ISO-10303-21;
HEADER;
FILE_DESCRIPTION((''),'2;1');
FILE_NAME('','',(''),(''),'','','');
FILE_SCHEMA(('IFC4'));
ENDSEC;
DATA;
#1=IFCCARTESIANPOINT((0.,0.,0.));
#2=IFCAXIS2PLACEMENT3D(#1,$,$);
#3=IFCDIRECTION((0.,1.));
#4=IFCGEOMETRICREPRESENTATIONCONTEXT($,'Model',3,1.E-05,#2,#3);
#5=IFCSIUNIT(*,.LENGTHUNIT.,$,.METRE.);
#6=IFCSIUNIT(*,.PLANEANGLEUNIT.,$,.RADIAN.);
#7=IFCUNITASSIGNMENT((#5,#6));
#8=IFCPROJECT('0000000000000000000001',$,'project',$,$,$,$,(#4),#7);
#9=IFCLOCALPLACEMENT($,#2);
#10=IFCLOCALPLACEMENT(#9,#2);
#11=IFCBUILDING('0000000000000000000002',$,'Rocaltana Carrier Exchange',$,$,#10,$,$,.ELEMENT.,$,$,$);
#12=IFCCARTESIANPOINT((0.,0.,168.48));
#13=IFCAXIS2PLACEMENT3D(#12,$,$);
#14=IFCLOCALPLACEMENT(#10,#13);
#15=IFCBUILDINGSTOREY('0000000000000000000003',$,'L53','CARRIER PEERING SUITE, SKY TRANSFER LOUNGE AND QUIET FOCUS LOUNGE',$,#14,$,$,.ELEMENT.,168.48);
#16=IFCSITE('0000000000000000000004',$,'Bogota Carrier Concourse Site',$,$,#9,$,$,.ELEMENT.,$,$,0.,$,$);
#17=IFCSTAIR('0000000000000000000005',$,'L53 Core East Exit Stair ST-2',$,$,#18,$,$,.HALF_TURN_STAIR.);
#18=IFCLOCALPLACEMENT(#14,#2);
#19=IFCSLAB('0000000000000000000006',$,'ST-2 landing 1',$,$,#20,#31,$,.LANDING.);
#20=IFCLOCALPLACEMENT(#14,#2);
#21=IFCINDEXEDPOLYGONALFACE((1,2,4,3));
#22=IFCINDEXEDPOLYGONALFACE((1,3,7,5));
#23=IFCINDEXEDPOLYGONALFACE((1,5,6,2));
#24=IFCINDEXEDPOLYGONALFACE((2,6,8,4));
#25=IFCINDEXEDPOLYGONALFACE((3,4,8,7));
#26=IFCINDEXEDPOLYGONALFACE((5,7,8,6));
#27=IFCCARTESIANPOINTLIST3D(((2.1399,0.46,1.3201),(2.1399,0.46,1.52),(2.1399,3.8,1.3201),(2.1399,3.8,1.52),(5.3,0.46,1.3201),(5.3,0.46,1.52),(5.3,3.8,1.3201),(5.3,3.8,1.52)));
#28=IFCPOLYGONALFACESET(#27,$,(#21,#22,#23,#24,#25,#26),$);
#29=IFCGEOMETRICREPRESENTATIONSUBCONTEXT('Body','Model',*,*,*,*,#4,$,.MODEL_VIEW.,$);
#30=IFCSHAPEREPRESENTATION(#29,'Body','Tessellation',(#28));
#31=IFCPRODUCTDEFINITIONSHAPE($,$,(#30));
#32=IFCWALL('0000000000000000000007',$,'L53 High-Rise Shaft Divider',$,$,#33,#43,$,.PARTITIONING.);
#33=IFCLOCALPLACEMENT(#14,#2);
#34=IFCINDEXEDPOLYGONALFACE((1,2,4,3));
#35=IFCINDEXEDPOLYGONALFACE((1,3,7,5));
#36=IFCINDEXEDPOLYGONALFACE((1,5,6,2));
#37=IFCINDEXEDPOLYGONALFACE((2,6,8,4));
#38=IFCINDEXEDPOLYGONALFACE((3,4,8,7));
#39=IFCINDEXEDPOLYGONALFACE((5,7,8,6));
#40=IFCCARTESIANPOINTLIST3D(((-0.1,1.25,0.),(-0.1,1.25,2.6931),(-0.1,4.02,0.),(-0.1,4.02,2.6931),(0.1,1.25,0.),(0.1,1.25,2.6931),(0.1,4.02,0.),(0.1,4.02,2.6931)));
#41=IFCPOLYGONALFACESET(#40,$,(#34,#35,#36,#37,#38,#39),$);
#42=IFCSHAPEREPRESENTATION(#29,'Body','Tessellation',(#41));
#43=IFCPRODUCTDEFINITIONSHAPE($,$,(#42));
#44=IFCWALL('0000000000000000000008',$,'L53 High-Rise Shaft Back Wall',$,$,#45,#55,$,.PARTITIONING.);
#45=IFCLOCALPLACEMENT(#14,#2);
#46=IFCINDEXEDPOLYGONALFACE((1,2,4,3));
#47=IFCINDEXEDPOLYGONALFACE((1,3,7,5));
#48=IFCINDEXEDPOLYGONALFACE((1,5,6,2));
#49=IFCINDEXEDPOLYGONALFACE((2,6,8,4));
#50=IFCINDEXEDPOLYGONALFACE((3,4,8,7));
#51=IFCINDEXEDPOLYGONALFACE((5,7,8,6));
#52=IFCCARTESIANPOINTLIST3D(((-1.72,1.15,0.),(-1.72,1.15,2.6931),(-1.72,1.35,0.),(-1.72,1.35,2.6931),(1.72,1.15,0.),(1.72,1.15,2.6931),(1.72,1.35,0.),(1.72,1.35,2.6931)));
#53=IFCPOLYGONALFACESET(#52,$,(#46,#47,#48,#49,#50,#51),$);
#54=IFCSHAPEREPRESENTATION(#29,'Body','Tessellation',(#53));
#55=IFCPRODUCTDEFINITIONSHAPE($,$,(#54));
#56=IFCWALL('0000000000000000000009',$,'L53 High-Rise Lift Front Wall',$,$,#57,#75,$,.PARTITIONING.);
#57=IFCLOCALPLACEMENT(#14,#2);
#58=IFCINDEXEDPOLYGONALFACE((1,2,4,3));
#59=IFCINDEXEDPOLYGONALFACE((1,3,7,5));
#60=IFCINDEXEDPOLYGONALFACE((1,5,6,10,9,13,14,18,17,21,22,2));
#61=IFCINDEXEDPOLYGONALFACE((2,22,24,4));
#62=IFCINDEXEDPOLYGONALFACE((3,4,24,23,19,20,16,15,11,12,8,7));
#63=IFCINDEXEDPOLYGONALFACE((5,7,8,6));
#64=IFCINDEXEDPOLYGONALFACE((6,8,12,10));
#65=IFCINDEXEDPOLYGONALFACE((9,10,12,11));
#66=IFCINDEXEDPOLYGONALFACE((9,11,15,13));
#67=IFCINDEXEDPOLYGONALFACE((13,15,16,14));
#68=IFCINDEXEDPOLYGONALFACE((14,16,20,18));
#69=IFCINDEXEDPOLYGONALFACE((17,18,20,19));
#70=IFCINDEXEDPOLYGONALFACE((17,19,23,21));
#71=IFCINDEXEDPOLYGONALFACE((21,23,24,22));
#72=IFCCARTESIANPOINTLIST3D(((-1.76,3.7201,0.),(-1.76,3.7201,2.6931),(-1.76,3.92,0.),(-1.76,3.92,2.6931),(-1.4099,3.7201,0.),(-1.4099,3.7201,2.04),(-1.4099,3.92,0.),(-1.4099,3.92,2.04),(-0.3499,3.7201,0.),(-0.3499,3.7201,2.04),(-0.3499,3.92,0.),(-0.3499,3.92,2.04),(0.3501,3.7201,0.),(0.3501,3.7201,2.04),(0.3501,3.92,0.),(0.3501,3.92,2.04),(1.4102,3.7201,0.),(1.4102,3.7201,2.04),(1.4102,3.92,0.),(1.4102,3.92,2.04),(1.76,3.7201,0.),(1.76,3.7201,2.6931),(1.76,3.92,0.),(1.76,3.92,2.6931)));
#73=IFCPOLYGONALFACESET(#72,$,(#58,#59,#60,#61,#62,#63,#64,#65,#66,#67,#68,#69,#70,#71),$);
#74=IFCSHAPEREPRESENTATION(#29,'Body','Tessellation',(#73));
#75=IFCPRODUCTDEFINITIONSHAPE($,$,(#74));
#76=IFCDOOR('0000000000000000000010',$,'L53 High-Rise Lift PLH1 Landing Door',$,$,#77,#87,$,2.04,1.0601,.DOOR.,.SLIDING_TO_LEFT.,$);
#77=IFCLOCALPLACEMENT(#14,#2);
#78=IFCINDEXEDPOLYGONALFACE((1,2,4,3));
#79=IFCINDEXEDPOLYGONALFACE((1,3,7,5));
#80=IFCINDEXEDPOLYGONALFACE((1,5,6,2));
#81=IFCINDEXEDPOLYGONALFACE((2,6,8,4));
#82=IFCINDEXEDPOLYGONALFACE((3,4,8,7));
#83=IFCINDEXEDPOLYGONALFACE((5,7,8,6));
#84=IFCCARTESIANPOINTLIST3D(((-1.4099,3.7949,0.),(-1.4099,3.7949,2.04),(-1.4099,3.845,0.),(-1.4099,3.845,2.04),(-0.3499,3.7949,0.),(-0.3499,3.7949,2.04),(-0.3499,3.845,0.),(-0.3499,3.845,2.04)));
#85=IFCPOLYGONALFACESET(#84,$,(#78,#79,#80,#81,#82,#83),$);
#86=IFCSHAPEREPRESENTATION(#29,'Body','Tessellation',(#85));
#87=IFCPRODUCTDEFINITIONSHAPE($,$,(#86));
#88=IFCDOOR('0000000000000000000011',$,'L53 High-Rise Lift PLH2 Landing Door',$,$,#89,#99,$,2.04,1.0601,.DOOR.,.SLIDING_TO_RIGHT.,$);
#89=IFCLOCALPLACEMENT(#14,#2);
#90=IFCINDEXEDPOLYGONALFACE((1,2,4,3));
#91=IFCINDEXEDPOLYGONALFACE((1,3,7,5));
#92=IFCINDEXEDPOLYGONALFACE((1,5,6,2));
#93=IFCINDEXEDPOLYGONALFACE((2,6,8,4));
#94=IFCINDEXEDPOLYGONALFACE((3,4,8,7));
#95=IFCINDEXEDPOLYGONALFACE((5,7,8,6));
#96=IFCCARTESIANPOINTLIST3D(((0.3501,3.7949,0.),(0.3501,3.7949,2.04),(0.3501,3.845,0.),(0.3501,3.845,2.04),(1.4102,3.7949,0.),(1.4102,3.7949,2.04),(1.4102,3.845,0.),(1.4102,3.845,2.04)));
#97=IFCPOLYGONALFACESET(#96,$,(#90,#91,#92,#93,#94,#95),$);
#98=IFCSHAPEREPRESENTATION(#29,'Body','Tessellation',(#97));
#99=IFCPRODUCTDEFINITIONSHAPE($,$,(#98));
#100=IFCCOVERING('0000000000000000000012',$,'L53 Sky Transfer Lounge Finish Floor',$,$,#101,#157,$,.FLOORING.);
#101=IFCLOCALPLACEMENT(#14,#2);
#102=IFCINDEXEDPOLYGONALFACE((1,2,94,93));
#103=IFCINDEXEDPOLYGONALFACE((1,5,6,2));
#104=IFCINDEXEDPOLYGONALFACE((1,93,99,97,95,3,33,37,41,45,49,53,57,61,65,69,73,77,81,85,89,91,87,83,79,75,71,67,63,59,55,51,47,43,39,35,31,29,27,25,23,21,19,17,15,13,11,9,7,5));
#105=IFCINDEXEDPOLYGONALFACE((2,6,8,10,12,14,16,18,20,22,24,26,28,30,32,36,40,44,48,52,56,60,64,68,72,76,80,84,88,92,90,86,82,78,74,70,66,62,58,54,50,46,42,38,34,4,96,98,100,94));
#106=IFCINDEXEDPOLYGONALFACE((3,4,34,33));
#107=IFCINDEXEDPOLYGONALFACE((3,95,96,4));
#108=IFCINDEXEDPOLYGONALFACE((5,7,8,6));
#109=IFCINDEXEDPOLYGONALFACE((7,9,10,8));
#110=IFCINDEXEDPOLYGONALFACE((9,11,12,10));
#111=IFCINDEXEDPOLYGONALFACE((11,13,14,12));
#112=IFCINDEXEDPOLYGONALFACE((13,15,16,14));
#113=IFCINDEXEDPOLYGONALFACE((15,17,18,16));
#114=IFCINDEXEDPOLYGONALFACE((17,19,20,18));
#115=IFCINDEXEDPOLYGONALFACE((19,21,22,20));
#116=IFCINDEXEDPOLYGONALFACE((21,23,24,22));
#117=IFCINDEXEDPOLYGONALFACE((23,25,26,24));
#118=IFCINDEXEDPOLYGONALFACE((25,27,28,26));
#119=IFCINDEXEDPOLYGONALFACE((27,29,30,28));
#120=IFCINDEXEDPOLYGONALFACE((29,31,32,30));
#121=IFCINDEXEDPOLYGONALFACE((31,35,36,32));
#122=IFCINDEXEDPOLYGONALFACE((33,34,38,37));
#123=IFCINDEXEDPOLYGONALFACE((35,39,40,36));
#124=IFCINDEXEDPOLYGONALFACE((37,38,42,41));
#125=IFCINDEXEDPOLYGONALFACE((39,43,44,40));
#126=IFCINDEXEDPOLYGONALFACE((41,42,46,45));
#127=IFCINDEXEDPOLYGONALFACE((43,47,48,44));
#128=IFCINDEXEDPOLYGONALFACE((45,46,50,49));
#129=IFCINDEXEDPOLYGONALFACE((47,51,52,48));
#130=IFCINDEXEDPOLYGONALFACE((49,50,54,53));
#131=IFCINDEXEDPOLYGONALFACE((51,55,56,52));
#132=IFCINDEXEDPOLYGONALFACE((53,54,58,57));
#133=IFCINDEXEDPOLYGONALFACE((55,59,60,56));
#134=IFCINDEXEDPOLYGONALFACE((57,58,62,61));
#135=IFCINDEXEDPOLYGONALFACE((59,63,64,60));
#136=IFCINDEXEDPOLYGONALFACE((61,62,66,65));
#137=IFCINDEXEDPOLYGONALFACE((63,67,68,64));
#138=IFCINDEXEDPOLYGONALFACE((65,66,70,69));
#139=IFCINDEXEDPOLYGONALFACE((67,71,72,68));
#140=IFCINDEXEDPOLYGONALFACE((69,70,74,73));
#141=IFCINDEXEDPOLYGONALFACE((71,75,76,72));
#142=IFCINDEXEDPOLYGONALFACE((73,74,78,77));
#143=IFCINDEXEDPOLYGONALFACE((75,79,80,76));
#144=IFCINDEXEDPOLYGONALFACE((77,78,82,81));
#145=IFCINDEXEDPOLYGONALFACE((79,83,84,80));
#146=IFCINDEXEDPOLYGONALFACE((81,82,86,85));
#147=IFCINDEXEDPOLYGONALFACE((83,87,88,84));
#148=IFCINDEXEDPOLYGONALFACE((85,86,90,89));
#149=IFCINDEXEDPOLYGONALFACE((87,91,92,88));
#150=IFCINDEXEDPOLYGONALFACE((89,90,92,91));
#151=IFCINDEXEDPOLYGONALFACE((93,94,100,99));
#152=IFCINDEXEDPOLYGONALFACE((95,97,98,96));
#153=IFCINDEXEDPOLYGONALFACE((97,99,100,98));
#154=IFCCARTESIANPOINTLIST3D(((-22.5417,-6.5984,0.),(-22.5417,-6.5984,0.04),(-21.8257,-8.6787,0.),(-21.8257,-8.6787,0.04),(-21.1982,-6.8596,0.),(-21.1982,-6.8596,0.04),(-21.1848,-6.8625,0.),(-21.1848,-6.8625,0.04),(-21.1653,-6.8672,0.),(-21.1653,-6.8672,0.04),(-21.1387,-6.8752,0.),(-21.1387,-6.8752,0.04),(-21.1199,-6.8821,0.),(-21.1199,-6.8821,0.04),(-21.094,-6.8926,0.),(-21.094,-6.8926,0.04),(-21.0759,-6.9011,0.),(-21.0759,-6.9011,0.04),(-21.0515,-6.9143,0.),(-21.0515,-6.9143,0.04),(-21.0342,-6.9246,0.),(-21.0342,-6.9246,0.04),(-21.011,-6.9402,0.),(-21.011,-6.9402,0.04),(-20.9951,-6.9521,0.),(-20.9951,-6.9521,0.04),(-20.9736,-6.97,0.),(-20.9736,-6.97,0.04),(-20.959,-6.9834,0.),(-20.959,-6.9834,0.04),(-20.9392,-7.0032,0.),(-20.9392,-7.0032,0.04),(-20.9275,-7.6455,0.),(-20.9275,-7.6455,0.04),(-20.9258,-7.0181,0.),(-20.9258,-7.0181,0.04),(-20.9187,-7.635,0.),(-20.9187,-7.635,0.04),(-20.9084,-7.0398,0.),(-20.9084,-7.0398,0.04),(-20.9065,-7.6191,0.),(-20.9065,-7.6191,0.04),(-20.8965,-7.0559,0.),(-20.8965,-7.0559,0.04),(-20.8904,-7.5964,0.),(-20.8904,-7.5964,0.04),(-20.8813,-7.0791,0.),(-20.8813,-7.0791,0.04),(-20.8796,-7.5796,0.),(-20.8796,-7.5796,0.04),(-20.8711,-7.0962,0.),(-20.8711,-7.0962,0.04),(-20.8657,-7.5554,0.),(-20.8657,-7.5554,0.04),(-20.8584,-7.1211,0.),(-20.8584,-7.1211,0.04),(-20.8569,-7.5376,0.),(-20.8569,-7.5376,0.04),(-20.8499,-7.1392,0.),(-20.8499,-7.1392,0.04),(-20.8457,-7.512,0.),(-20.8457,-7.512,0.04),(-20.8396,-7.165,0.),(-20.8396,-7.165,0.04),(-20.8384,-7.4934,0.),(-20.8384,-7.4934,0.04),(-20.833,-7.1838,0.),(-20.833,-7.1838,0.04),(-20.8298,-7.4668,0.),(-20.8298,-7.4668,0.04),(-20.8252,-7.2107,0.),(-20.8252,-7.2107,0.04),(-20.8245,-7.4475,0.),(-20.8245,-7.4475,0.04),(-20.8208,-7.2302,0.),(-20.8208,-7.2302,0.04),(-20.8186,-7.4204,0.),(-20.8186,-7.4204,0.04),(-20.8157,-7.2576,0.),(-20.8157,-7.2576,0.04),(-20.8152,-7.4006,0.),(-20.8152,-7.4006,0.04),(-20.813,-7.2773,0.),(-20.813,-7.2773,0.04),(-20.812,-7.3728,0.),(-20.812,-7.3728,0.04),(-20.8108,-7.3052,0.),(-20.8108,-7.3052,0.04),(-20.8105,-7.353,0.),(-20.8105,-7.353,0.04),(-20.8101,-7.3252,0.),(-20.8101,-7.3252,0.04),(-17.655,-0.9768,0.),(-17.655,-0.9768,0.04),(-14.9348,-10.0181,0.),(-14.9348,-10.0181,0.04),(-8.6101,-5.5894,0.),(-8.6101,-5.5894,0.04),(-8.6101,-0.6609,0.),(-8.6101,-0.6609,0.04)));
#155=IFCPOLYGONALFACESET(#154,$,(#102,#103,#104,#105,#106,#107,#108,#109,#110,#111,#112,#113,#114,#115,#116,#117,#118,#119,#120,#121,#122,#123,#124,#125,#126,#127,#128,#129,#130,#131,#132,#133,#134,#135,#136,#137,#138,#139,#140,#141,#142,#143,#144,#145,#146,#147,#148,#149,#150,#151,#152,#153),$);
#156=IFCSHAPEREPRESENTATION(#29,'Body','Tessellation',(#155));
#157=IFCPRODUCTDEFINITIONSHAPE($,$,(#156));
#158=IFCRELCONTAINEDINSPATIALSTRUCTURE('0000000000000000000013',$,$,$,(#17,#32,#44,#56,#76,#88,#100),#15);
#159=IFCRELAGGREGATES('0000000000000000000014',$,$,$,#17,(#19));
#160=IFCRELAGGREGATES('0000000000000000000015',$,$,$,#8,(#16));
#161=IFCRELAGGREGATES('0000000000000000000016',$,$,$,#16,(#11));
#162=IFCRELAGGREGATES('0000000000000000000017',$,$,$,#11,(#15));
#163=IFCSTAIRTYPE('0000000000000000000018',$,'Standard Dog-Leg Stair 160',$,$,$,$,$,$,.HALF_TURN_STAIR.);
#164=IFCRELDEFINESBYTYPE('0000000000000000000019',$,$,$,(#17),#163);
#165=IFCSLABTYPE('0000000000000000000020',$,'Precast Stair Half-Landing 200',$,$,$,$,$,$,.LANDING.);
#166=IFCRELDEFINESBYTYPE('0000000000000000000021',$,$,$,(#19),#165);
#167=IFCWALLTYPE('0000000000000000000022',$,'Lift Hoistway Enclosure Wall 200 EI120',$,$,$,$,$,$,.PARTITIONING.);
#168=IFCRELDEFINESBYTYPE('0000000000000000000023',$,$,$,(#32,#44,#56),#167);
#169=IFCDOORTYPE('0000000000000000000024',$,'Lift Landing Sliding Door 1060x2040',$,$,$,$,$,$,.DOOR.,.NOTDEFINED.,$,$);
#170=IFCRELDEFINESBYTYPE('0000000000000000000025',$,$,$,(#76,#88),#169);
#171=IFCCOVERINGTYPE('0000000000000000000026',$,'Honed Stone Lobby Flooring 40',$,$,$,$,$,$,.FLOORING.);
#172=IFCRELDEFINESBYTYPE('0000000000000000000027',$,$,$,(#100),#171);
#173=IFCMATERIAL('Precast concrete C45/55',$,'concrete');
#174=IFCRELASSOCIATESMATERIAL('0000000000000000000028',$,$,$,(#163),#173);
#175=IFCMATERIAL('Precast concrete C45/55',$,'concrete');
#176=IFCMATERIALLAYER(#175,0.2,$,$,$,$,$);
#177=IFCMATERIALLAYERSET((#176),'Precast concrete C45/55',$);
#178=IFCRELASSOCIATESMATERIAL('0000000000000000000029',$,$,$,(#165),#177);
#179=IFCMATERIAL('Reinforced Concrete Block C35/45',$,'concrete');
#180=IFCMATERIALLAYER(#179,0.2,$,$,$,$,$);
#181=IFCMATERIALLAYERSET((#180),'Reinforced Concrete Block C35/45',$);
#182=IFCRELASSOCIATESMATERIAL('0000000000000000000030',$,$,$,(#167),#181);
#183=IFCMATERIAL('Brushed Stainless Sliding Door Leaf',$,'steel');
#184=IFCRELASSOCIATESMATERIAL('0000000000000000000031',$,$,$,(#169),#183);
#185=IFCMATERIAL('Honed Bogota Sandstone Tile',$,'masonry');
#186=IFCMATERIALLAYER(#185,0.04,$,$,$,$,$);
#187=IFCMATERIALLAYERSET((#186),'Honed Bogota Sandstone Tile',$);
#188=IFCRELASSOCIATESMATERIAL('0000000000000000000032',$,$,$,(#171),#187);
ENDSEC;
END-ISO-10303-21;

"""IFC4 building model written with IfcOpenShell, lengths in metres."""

from ifc_helpers import new_model, si_unit, direction, frame, frame_2d, origin, place, context, subcontext, project, spatial, polyline, rectangle, outline, extrude, material, layer, layer_set, type_object, element, fill, aggregate, save


model = new_model("IFC4")

# Units and contexts
model_context = context("Model", 3, precision=1e-05, world=origin(), true_north=direction((0.0, 1.0)))
body_context = subcontext(model_context, "Body", "Model", "MODEL_VIEW")
ifc_project = project(units=[si_unit("LENGTHUNIT", "METRE"), si_unit("PLANEANGLEUNIT", "RADIAN")], contexts=[model_context])

# Site, building, storey
site_placement = place(None, origin())
site = spatial("IfcSite", under=ifc_project, at=site_placement, Name="Bogota Carrier Concourse Site", CompositionType="ELEMENT", RefElevation=0.0)
building_placement = place(site_placement, origin())
building = spatial("IfcBuilding", under=site, at=building_placement, Name="Rocaltana Carrier Exchange", CompositionType="ELEMENT")
storey_placement = place(building_placement, frame((0.0, 0.0, 168.48)))
storey = spatial("IfcBuildingStorey", under=building, at=storey_placement, Name="L53", Description="CARRIER PEERING SUITE, SKY TRANSFER LOUNGE AND QUIET FOCUS LOUNGE", CompositionType="ELEMENT", Elevation=168.48)

# Stair, slab
ifc_material_1 = material(Name="Precast concrete C45/55", Category="concrete")
stair_type = type_object("IfcStairType", Name="Standard Dog-Leg Stair 160", PredefinedType="HALF_TURN_STAIR", material=ifc_material_1)
stair_placement = place(storey_placement, origin())
stair = element("IfcStair", 1, at=stair_placement, inside=storey, type_object=stair_type, Name="L53 Core East Exit Stair ST-2", PredefinedType="HALF_TURN_STAIR")
ifc_material_2 = material(Name="Precast concrete C45/55", Category="concrete")
ifc_layer_1 = layer(ifc_material_2, 0.2)
ifc_layer_set_1 = layer_set([ifc_layer_1], Name="Precast concrete C45/55")
slab_type = type_object("IfcSlabType", Name="Precast Stair Half-Landing 200", PredefinedType="LANDING", material=ifc_layer_set_1)
slab_placement = place(storey_placement, frame((0.0, 0.0, 1.3201)))
slab = element("IfcSlab", 2, at=slab_placement, type_object=slab_type, Name="ST-2 landing 1", PredefinedType="LANDING", context=body_context, shape_type="SweptSolid", body=[
    extrude(outline(polyline([(5.3, 0.46), (5.3, 3.8), (2.1399, 3.8), (2.1399, 0.46), (5.3, 0.46)])), origin(), (0.0, 0.0, 1.0), 0.2),
])
aggregate(stair, [slab])

# Walls
ifc_material_3 = material(Name="Reinforced Concrete Block C35/45", Category="concrete")
ifc_layer_2 = layer(ifc_material_3, 0.2)
ifc_layer_set_2 = layer_set([ifc_layer_2], Name="Reinforced Concrete Block C35/45")
wall_type = type_object("IfcWallType", Name="Lift Hoistway Enclosure Wall 200 EI120", PredefinedType="PARTITIONING", material=ifc_layer_set_2)
wall_1_placement = place(storey_placement, frame((0.0, 1.25, 0.0), z_axis=(0.0, 0.0, 1.0), x_axis=(0.0, 1.0, 0.0)))
element("IfcWall", 3, at=wall_1_placement, inside=storey, type_object=wall_type, Name="L53 High-Rise Shaft Divider", PredefinedType="PARTITIONING", context=body_context, shape_type="SweptSolid", body=[
    extrude(rectangle(XDim=2.77, YDim=0.2, at=frame_2d((1.385, 0.0))), origin(), (0.0, 0.0, 1.0), 2.6931),
])
wall_2_placement = place(storey_placement, frame((-1.72, 1.25, 0.0), z_axis=(0.0, 0.0, 1.0), x_axis=(1.0, 0.0, 0.0)))
element("IfcWall", 4, at=wall_2_placement, inside=storey, type_object=wall_type, Name="L53 High-Rise Shaft Back Wall", PredefinedType="PARTITIONING", context=body_context, shape_type="SweptSolid", body=[
    extrude(rectangle(XDim=3.4399, YDim=0.2, at=frame_2d((1.72, 0.0))), origin(), (0.0, 0.0, 1.0), 2.6931),
])

# Wall, openings, doors
wall_3_placement = place(storey_placement, frame((-1.76, 3.8201, 0.0), z_axis=(0.0, 0.0, 1.0), x_axis=(1.0, 0.0, 0.0)))
wall_3 = element("IfcWall", 5, at=wall_3_placement, inside=storey, type_object=wall_type, Name="L53 High-Rise Lift Front Wall", PredefinedType="PARTITIONING", context=body_context, shape_type="SweptSolid", body=[
    extrude(rectangle(XDim=3.52, YDim=0.2, at=frame_2d((1.76, 0.0))), origin(), (0.0, 0.0, 1.0), 2.6931),
])
opening_1_placement = place(wall_3_placement, frame((0.3501, 0.0, 0.0)))
opening_1 = element("IfcOpeningElement", 6, at=opening_1_placement, cuts=wall_3, PredefinedType="OPENING", context=body_context, shape_type="SweptSolid", body=[
    extrude(rectangle(XDim=1.0601, YDim=2.04, at=frame_2d((0.53, 1.02))), frame((0.0, 0.1099, 0.0), z_axis=(0.0, -1.0, 0.0), x_axis=(1.0, 0.0, 0.0)), (0.0, 0.0, 1.0), 0.22),
])
opening_2_placement = place(wall_3_placement, frame((2.1101, 0.0, 0.0)))
opening_2 = element("IfcOpeningElement", 7, at=opening_2_placement, cuts=wall_3, PredefinedType="OPENING", context=body_context, shape_type="SweptSolid", body=[
    extrude(rectangle(XDim=1.0601, YDim=2.04, at=frame_2d((0.53, 1.02))), frame((0.0, 0.1099, 0.0), z_axis=(0.0, -1.0, 0.0), x_axis=(1.0, 0.0, 0.0)), (0.0, 0.0, 1.0), 0.22),
])
ifc_material_4 = material(Name="Brushed Stainless Sliding Door Leaf", Category="steel")
door_type = type_object("IfcDoorType", Name="Lift Landing Sliding Door 1060x2040", OperationType="NOTDEFINED", PredefinedType="DOOR", material=ifc_material_4)
door_1_placement = place(opening_1_placement, origin())
door_1 = element("IfcDoor", 8, at=door_1_placement, inside=storey, type_object=door_type, Name="L53 High-Rise Lift PLH1 Landing Door", OperationType="SLIDING_TO_LEFT", OverallHeight=2.04, OverallWidth=1.0601, PredefinedType="DOOR", context=body_context, shape_type="SweptSolid", body=[
    extrude(rectangle(XDim=1.0601, YDim=2.04, at=frame_2d((0.53, 1.02))), frame((0.0, 0.0249, 0.0), z_axis=(0.0, -1.0, 0.0), x_axis=(1.0, 0.0, 0.0)), (0.0, 0.0, 1.0), 0.05),
])
fill(opening_1, door_1)
door_2_placement = place(opening_2_placement, origin())
door_2 = element("IfcDoor", 9, at=door_2_placement, inside=storey, type_object=door_type, Name="L53 High-Rise Lift PLH2 Landing Door", OperationType="SLIDING_TO_RIGHT", OverallHeight=2.04, OverallWidth=1.0601, PredefinedType="DOOR", context=body_context, shape_type="SweptSolid", body=[
    extrude(rectangle(XDim=1.0601, YDim=2.04, at=frame_2d((0.53, 1.02))), frame((0.0, 0.0249, 0.0), z_axis=(0.0, -1.0, 0.0), x_axis=(1.0, 0.0, 0.0)), (0.0, 0.0, 1.0), 0.05),
])
fill(opening_2, door_2)

# Covering
ifc_material_5 = material(Name="Honed Bogota Sandstone Tile", Category="masonry")
ifc_layer_3 = layer(ifc_material_5, 0.04)
ifc_layer_set_3 = layer_set([ifc_layer_3], Name="Honed Bogota Sandstone Tile")
covering_type_1 = type_object("IfcCoveringType", Name="Honed Stone Lobby Flooring 40", PredefinedType="FLOORING", material=ifc_layer_set_3)
covering_1_placement = place(storey_placement, origin())
element("IfcCovering", 10, at=covering_1_placement, inside=storey, type_object=covering_type_1, Name="L53 Sky Transfer Lounge Finish Floor", PredefinedType="FLOORING", context=body_context, shape_type="SweptSolid", body=[
    extrude(outline(polyline([(-20.9275, -7.6455), (-20.9187, -7.635), (-20.9065, -7.6191), (-20.8904, -7.5964), (-20.8796, -7.5796), (-20.8657, -7.5554), (-20.8569, -7.5376), (-20.8457, -7.512), (-20.8384, -7.4934), (-20.8298, -7.4668), (-20.8245, -7.4475), (-20.8186, -7.4204), (-20.8152, -7.4006), (-20.812, -7.3728), (-20.8105, -7.353), (-20.8101, -7.3252), (-20.8108, -7.3052), (-20.813, -7.2773), (-20.8157, -7.2576), (-20.8208, -7.2302), (-20.8252, -7.2107), (-20.833, -7.1838), (-20.8396, -7.165), (-20.8499, -7.1392), (-20.8584, -7.1211), (-20.8711, -7.0962), (-20.8813, -7.0791), (-20.8965, -7.0559), (-20.9084, -7.0398), (-20.9258, -7.0181), (-20.9392, -7.0032), (-20.959, -6.9834), (-20.9736, -6.97), (-20.9951, -6.9521), (-21.011, -6.9402), (-21.0342, -6.9246), (-21.0515, -6.9143), (-21.0759, -6.9011), (-21.094, -6.8926), (-21.1199, -6.8821), (-21.1387, -6.8752), (-21.1653, -6.8672), (-21.1848, -6.8625), (-21.1982, -6.8596), (-22.5417, -6.5984), (-17.655, -0.9768), (-8.6101, -0.6609), (-8.6101, -5.5894), (-14.9348, -10.0181), (-21.8257, -8.6787), (-20.9275, -7.6455)])), origin(), (0.0, 0.0, 1.0), 0.04),
])

save(model, "model.ifc")
